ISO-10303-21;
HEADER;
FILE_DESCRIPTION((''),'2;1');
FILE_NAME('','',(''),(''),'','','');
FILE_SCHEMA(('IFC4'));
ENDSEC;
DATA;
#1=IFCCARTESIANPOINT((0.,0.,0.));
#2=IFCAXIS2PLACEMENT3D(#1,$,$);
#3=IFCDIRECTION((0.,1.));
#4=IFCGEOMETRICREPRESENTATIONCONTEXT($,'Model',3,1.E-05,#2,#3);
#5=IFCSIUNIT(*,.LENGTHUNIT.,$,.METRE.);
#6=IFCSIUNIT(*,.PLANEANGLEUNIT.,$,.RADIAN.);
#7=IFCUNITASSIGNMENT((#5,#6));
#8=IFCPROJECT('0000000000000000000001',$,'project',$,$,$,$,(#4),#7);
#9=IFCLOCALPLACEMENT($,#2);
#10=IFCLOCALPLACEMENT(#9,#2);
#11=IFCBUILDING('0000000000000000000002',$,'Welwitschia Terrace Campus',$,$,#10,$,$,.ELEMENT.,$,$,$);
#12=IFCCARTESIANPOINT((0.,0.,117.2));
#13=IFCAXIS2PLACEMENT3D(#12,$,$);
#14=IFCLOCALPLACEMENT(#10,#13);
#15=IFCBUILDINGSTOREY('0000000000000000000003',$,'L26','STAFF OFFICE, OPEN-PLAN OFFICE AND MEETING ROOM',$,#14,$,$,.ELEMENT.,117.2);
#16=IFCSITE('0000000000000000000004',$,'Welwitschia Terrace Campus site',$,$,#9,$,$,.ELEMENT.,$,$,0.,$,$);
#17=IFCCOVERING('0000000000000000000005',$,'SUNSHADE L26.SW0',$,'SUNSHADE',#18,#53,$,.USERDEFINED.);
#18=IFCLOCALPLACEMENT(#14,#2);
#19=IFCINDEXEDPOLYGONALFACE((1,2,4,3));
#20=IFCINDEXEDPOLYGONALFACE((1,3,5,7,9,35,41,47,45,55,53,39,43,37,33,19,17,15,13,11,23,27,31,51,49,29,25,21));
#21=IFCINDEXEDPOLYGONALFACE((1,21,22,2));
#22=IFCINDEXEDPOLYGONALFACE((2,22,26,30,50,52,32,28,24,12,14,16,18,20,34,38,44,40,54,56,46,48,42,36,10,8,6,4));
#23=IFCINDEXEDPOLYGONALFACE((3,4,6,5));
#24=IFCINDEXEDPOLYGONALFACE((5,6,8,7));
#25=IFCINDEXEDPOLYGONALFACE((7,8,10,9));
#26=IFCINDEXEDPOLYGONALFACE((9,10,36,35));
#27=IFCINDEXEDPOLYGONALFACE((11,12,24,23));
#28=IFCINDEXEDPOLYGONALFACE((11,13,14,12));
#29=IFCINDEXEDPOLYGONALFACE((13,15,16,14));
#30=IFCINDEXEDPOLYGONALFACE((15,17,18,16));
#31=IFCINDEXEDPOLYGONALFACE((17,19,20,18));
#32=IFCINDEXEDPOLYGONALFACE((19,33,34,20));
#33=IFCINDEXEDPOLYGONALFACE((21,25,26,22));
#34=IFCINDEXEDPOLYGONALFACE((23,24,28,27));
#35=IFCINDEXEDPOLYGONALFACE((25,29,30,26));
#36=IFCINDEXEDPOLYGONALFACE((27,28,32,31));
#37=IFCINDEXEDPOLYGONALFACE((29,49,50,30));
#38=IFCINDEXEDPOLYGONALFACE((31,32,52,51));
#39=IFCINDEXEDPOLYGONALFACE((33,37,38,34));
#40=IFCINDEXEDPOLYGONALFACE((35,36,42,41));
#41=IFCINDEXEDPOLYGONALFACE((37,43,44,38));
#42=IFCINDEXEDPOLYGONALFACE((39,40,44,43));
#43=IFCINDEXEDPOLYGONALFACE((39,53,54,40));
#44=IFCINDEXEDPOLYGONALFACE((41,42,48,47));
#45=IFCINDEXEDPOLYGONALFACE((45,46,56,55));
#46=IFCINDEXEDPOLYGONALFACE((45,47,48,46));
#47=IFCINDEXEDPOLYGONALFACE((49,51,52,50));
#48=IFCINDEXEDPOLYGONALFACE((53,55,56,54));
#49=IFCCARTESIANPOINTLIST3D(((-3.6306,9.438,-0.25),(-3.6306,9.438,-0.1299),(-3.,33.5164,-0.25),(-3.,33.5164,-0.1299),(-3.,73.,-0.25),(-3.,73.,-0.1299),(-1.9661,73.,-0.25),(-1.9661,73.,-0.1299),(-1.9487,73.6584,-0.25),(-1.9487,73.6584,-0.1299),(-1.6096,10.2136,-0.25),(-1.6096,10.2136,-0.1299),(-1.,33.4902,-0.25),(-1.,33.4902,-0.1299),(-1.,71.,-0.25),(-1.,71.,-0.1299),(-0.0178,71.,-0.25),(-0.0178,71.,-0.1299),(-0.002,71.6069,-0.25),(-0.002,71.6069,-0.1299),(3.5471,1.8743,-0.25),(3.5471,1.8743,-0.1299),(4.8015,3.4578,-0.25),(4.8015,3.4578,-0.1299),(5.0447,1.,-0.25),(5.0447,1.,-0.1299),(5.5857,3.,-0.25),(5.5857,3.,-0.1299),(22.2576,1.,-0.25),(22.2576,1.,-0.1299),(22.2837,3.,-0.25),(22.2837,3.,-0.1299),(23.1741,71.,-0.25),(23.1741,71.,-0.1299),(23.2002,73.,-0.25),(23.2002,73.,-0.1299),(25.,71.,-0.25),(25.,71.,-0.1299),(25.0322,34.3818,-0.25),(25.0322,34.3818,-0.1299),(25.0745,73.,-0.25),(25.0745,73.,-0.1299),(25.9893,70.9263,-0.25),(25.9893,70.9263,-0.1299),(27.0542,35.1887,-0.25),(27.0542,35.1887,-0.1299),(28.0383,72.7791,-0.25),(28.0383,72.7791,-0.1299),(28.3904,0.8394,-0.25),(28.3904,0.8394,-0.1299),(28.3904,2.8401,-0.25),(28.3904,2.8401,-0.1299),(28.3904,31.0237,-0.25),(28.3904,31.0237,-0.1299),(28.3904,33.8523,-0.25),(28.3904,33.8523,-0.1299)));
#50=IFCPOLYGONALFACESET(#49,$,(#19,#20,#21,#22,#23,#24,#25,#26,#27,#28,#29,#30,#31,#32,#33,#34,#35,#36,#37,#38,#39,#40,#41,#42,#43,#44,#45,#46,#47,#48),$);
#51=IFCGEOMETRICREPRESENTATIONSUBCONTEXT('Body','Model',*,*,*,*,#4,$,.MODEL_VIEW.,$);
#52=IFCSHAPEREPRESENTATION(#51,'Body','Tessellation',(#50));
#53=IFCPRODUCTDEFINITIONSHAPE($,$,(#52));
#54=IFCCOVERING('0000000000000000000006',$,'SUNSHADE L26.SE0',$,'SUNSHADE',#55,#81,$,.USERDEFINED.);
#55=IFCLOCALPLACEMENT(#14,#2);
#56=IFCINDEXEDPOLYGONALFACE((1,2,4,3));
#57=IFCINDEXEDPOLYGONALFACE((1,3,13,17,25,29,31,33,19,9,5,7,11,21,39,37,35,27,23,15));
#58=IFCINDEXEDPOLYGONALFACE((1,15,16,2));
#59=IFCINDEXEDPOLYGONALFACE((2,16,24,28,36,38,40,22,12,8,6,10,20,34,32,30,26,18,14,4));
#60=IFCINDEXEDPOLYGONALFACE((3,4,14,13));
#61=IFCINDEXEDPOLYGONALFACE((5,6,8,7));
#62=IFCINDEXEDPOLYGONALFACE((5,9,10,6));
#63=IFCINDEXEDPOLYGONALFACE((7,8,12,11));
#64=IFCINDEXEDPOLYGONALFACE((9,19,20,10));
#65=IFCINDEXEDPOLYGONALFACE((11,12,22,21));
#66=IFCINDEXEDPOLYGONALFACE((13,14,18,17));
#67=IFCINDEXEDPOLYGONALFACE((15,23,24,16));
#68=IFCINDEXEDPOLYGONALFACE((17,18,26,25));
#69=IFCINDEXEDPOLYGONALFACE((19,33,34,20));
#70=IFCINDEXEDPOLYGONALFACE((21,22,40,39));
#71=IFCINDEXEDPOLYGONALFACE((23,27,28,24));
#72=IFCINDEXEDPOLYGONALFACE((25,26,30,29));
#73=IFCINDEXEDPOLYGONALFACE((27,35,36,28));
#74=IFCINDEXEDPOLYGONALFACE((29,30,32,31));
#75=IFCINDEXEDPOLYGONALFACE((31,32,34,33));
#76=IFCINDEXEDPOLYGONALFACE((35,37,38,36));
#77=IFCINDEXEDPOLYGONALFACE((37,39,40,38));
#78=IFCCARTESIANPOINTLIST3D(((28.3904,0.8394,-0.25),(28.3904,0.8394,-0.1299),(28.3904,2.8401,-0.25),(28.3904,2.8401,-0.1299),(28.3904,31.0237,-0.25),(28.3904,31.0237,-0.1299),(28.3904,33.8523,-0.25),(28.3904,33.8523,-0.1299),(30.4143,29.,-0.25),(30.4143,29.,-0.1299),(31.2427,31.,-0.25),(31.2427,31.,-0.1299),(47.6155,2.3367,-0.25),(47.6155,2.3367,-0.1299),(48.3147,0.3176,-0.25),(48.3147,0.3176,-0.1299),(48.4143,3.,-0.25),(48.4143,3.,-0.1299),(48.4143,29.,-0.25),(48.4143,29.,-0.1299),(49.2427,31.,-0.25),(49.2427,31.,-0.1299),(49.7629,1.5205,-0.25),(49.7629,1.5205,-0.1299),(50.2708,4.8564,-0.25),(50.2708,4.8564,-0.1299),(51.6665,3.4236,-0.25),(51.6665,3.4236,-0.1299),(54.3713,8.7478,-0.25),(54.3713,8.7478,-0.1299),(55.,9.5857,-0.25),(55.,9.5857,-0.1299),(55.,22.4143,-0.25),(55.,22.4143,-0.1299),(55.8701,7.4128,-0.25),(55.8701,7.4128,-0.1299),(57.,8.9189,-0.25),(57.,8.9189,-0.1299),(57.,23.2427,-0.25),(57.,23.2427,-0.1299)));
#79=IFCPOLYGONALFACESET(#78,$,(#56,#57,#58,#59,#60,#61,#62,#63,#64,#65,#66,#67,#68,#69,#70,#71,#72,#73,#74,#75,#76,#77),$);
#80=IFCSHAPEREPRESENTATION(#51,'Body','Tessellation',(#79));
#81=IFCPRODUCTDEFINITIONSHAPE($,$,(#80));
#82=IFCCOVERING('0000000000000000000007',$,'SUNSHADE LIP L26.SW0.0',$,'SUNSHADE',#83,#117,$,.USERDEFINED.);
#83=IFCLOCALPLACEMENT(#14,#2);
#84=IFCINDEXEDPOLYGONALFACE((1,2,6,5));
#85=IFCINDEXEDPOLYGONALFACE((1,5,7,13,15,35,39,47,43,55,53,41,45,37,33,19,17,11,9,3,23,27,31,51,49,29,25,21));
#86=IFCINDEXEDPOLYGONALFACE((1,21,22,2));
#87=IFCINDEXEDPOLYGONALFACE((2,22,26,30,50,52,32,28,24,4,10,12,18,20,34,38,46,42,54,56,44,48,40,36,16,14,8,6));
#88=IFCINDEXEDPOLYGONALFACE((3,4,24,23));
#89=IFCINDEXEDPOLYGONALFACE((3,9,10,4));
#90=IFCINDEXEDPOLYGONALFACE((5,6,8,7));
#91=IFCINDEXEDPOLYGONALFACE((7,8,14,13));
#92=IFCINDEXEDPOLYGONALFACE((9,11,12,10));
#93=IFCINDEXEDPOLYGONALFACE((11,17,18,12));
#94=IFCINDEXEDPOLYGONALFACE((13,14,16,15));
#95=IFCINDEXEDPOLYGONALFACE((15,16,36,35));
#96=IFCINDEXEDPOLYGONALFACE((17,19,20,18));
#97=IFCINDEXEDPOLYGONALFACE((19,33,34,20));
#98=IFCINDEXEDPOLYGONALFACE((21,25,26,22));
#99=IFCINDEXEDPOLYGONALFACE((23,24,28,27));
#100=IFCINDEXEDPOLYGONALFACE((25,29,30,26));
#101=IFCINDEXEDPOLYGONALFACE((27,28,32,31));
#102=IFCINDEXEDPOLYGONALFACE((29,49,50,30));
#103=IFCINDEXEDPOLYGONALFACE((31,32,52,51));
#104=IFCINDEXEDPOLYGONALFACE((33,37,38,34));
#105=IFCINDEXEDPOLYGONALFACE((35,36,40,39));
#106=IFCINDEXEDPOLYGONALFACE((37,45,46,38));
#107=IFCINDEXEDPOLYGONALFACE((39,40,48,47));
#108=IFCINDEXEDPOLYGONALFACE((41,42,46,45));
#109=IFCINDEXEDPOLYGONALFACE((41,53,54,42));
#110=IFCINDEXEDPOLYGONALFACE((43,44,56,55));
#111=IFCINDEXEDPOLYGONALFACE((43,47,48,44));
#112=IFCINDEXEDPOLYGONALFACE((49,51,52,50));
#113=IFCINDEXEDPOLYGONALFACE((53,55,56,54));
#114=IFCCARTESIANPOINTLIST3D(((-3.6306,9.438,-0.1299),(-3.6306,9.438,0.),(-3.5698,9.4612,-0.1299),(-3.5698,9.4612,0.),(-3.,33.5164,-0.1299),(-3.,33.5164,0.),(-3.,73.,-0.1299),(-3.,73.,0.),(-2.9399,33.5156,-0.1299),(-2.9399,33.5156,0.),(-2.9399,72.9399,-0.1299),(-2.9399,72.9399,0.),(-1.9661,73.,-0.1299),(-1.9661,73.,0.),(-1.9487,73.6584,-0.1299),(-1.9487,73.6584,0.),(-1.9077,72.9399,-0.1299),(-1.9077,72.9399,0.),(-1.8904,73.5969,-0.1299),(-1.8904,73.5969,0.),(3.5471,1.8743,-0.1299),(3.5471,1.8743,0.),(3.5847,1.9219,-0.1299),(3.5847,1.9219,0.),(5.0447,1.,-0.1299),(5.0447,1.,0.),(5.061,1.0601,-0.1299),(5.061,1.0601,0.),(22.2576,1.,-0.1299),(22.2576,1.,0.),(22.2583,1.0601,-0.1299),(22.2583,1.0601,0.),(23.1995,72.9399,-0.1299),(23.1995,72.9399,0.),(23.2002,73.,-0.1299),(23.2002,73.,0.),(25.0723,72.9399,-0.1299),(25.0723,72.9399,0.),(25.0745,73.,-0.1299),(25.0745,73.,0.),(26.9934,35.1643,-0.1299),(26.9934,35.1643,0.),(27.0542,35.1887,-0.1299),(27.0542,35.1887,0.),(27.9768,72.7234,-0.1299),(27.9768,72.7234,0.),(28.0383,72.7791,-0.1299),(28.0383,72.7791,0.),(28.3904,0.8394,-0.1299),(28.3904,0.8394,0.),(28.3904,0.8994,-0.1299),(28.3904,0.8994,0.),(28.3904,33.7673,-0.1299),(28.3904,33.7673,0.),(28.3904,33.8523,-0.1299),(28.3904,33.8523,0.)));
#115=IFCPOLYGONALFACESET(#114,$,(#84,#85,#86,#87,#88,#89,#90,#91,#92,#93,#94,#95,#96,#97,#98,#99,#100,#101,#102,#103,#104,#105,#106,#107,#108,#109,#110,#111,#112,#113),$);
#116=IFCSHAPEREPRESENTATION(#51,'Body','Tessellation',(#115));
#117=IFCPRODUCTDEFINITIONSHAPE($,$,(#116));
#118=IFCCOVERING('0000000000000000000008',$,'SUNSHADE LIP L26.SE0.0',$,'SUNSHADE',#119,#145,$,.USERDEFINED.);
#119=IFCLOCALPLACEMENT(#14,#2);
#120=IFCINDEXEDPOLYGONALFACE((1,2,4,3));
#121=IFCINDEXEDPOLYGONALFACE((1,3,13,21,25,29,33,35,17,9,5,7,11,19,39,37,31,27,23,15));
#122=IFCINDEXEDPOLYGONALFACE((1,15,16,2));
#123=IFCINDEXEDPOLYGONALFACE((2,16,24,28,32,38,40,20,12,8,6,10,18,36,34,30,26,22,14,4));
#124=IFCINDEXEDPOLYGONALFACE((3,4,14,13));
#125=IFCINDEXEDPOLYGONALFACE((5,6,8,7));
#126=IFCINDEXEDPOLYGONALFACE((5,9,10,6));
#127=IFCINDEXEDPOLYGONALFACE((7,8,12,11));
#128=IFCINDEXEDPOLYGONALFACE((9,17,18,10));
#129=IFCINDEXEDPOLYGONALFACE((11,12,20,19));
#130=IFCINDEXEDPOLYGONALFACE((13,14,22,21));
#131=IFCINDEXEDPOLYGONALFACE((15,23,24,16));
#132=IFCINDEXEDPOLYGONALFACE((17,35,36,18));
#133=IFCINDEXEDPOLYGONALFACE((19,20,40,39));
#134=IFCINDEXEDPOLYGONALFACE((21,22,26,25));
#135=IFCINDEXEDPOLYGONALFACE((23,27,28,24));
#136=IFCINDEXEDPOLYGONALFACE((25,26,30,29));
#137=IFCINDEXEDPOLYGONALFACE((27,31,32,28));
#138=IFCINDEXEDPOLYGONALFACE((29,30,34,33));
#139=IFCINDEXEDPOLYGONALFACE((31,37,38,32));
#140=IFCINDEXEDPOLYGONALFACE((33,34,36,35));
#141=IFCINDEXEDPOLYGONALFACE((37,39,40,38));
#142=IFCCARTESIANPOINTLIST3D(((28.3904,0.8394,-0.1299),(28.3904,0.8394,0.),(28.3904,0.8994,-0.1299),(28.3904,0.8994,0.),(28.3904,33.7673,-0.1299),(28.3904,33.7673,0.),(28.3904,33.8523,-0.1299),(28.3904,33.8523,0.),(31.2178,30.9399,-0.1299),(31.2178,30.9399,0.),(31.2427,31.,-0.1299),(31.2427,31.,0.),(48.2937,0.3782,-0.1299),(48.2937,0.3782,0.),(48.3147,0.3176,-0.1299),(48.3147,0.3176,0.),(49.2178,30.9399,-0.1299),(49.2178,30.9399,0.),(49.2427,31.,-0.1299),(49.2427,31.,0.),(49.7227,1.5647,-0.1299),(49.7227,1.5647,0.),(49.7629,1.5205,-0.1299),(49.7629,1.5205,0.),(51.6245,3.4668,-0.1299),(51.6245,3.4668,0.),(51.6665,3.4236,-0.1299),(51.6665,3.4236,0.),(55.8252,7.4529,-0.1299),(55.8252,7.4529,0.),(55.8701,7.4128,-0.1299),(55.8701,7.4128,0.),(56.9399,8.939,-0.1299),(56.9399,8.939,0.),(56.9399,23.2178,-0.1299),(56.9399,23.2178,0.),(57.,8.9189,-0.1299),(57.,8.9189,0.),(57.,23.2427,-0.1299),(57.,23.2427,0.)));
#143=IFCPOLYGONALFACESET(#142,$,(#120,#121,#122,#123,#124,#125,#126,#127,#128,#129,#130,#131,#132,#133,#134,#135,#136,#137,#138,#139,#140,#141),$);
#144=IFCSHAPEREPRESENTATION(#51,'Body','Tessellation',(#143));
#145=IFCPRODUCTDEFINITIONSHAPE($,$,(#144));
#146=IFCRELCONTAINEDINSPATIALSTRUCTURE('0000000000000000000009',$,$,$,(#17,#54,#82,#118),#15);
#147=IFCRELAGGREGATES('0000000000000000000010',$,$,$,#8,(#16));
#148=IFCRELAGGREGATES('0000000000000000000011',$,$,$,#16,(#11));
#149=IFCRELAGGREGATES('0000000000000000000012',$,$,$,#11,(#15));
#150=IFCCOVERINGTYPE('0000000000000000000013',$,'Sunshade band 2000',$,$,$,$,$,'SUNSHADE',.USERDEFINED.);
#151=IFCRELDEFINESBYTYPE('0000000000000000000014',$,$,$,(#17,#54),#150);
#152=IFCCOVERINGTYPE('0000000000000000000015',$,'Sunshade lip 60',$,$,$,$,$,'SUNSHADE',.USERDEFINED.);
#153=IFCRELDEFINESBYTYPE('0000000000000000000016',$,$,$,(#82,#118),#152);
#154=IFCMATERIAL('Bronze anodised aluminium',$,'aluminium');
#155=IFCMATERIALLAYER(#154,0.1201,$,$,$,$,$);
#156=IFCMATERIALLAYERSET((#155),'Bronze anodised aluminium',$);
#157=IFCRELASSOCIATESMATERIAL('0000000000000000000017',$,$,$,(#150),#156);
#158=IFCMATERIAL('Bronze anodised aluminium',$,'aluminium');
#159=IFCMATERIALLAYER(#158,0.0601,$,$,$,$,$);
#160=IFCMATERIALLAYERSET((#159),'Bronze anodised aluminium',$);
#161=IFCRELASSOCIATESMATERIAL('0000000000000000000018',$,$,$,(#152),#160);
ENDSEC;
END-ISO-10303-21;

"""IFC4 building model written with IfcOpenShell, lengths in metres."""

from ifc_helpers import new_model, si_unit, direction, frame, origin, place, context, subcontext, project, spatial, polyline, outline, extrude, material, layer, layer_set, type_object, element, save


model = new_model("IFC4")

# Units and contexts
model_context = context("Model", 3, precision=1e-05, world=origin(), true_north=direction((0.0, 1.0)))
body_context = subcontext(model_context, "Body", "Model", "MODEL_VIEW")
ifc_project = project(units=[si_unit("LENGTHUNIT", "METRE"), si_unit("PLANEANGLEUNIT", "RADIAN")], contexts=[model_context])

# Site, building, storey
site_placement = place(None, origin())
site = spatial("IfcSite", under=ifc_project, at=site_placement, Name="Welwitschia Terrace Campus site", CompositionType="ELEMENT", RefElevation=0.0)
building_placement = place(site_placement, origin())
building = spatial("IfcBuilding", under=site, at=building_placement, Name="Welwitschia Terrace Campus", CompositionType="ELEMENT")
storey_placement = place(building_placement, frame((0.0, 0.0, 117.2)))
storey = spatial("IfcBuildingStorey", under=building, at=storey_placement, Name="L26", Description="STAFF OFFICE, OPEN-PLAN OFFICE AND MEETING ROOM", CompositionType="ELEMENT", Elevation=117.2)

# Coverings
ifc_material_1 = material(Name="Bronze anodised aluminium", Category="aluminium")
ifc_layer_1 = layer(ifc_material_1, 0.1201)
ifc_layer_set_1 = layer_set([ifc_layer_1], Name="Bronze anodised aluminium")
covering_type_1 = type_object("IfcCoveringType", Name="Sunshade band 2000", ElementType="SUNSHADE", PredefinedType="USERDEFINED", material=ifc_layer_set_1)
covering_1_placement = place(storey_placement, frame((0.0, 0.0, -0.25)))
element("IfcCovering", 1, at=covering_1_placement, inside=storey, type_object=covering_type_1, Name="SUNSHADE L26.SW0", ObjectType="SUNSHADE", PredefinedType="USERDEFINED", context=body_context, shape_type="SweptSolid", body=[
    extrude(outline(polyline([(-1.9661, 73.0), (-1.9487, 73.6584), (23.2002, 73.0), (25.0745, 73.0), (28.0383, 72.7791), (27.0542, 35.1887), (28.3904, 33.8523), (28.3904, 31.0237), (25.0322, 34.3818), (25.9893, 70.9263), (25.0, 71.0), (23.1741, 71.0), (-0.002, 71.6069), (-0.0178, 71.0), (-1.0, 71.0), (-1.0, 33.4902), (-1.6096, 10.2136), (4.8015, 3.4578), (5.5857, 3.0), (22.2837, 3.0), (28.3904, 2.8401), (28.3904, 0.8394), (22.2576, 1.0), (5.0447, 1.0), (3.5471, 1.8743), (-3.6306, 9.438), (-3.0, 33.5164), (-3.0, 73.0), (-1.9661, 73.0)])), origin(), (0.0, 0.0, 1.0), 0.1201),
])
covering_2_placement = place(storey_placement, frame((0.0, 0.0, -0.25)))
element("IfcCovering", 2, at=covering_2_placement, inside=storey, type_object=covering_type_1, Name="SUNSHADE L26.SE0", ObjectType="SUNSHADE", PredefinedType="USERDEFINED", context=body_context, shape_type="SweptSolid", body=[
    extrude(outline(polyline([(31.2427, 31.0), (49.2427, 31.0), (57.0, 23.2427), (57.0, 8.9189), (55.8701, 7.4128), (51.6665, 3.4236), (49.7629, 1.5205), (48.3147, 0.3176), (28.3904, 0.8394), (28.3904, 2.8401), (47.6155, 2.3367), (48.4143, 3.0), (50.2708, 4.8564), (54.3713, 8.7478), (55.0, 9.5857), (55.0, 22.4143), (48.4143, 29.0), (30.4143, 29.0), (28.3904, 31.0237), (28.3904, 33.8523), (31.2427, 31.0)])), origin(), (0.0, 0.0, 1.0), 0.1201),
])
ifc_material_2 = material(Name="Bronze anodised aluminium", Category="aluminium")
ifc_layer_2 = layer(ifc_material_2, 0.0601)
ifc_layer_set_2 = layer_set([ifc_layer_2], Name="Bronze anodised aluminium")
covering_type_2 = type_object("IfcCoveringType", Name="Sunshade lip 60", ElementType="SUNSHADE", PredefinedType="USERDEFINED", material=ifc_layer_set_2)
covering_3_placement = place(storey_placement, frame((0.0, 0.0, -0.1299)))
element("IfcCovering", 3, at=covering_3_placement, inside=storey, type_object=covering_type_2, Name="SUNSHADE LIP L26.SW0.0", ObjectType="SUNSHADE", PredefinedType="USERDEFINED", context=body_context, shape_type="SweptSolid", body=[
    extrude(outline(polyline([(-1.9487, 73.6584), (23.2002, 73.0), (25.0745, 73.0), (28.0383, 72.7791), (27.0542, 35.1887), (28.3904, 33.8523), (28.3904, 33.7673), (26.9934, 35.1643), (27.9768, 72.7234), (25.0723, 72.9399), (23.1995, 72.9399), (-1.8904, 73.5969), (-1.9077, 72.9399), (-2.9399, 72.9399), (-2.9399, 33.5156), (-3.5698, 9.4612), (3.5847, 1.9219), (5.061, 1.0601), (22.2583, 1.0601), (28.3904, 0.8994), (28.3904, 0.8394), (22.2576, 1.0), (5.0447, 1.0), (3.5471, 1.8743), (-3.6306, 9.438), (-3.0, 33.5164), (-3.0, 73.0), (-1.9661, 73.0), (-1.9487, 73.6584)])), origin(), (0.0, 0.0, 1.0), 0.1299),
])
covering_4_placement = place(storey_placement, frame((0.0, 0.0, -0.1299)))
element("IfcCovering", 4, at=covering_4_placement, inside=storey, type_object=covering_type_2, Name="SUNSHADE LIP L26.SE0.0", ObjectType="SUNSHADE", PredefinedType="USERDEFINED", context=body_context, shape_type="SweptSolid", body=[
    extrude(outline(polyline([(49.2427, 31.0), (57.0, 23.2427), (57.0, 8.9189), (55.8701, 7.4128), (51.6665, 3.4236), (49.7629, 1.5205), (48.3147, 0.3176), (28.3904, 0.8394), (28.3904, 0.8994), (48.2937, 0.3782), (49.7227, 1.5647), (51.6245, 3.4668), (55.8252, 7.4529), (56.9399, 8.939), (56.9399, 23.2178), (49.2178, 30.9399), (31.2178, 30.9399), (28.3904, 33.7673), (28.3904, 33.8523), (31.2427, 31.0), (49.2427, 31.0)])), origin(), (0.0, 0.0, 1.0), 0.1299),
])

save(model, "model.ifc")
